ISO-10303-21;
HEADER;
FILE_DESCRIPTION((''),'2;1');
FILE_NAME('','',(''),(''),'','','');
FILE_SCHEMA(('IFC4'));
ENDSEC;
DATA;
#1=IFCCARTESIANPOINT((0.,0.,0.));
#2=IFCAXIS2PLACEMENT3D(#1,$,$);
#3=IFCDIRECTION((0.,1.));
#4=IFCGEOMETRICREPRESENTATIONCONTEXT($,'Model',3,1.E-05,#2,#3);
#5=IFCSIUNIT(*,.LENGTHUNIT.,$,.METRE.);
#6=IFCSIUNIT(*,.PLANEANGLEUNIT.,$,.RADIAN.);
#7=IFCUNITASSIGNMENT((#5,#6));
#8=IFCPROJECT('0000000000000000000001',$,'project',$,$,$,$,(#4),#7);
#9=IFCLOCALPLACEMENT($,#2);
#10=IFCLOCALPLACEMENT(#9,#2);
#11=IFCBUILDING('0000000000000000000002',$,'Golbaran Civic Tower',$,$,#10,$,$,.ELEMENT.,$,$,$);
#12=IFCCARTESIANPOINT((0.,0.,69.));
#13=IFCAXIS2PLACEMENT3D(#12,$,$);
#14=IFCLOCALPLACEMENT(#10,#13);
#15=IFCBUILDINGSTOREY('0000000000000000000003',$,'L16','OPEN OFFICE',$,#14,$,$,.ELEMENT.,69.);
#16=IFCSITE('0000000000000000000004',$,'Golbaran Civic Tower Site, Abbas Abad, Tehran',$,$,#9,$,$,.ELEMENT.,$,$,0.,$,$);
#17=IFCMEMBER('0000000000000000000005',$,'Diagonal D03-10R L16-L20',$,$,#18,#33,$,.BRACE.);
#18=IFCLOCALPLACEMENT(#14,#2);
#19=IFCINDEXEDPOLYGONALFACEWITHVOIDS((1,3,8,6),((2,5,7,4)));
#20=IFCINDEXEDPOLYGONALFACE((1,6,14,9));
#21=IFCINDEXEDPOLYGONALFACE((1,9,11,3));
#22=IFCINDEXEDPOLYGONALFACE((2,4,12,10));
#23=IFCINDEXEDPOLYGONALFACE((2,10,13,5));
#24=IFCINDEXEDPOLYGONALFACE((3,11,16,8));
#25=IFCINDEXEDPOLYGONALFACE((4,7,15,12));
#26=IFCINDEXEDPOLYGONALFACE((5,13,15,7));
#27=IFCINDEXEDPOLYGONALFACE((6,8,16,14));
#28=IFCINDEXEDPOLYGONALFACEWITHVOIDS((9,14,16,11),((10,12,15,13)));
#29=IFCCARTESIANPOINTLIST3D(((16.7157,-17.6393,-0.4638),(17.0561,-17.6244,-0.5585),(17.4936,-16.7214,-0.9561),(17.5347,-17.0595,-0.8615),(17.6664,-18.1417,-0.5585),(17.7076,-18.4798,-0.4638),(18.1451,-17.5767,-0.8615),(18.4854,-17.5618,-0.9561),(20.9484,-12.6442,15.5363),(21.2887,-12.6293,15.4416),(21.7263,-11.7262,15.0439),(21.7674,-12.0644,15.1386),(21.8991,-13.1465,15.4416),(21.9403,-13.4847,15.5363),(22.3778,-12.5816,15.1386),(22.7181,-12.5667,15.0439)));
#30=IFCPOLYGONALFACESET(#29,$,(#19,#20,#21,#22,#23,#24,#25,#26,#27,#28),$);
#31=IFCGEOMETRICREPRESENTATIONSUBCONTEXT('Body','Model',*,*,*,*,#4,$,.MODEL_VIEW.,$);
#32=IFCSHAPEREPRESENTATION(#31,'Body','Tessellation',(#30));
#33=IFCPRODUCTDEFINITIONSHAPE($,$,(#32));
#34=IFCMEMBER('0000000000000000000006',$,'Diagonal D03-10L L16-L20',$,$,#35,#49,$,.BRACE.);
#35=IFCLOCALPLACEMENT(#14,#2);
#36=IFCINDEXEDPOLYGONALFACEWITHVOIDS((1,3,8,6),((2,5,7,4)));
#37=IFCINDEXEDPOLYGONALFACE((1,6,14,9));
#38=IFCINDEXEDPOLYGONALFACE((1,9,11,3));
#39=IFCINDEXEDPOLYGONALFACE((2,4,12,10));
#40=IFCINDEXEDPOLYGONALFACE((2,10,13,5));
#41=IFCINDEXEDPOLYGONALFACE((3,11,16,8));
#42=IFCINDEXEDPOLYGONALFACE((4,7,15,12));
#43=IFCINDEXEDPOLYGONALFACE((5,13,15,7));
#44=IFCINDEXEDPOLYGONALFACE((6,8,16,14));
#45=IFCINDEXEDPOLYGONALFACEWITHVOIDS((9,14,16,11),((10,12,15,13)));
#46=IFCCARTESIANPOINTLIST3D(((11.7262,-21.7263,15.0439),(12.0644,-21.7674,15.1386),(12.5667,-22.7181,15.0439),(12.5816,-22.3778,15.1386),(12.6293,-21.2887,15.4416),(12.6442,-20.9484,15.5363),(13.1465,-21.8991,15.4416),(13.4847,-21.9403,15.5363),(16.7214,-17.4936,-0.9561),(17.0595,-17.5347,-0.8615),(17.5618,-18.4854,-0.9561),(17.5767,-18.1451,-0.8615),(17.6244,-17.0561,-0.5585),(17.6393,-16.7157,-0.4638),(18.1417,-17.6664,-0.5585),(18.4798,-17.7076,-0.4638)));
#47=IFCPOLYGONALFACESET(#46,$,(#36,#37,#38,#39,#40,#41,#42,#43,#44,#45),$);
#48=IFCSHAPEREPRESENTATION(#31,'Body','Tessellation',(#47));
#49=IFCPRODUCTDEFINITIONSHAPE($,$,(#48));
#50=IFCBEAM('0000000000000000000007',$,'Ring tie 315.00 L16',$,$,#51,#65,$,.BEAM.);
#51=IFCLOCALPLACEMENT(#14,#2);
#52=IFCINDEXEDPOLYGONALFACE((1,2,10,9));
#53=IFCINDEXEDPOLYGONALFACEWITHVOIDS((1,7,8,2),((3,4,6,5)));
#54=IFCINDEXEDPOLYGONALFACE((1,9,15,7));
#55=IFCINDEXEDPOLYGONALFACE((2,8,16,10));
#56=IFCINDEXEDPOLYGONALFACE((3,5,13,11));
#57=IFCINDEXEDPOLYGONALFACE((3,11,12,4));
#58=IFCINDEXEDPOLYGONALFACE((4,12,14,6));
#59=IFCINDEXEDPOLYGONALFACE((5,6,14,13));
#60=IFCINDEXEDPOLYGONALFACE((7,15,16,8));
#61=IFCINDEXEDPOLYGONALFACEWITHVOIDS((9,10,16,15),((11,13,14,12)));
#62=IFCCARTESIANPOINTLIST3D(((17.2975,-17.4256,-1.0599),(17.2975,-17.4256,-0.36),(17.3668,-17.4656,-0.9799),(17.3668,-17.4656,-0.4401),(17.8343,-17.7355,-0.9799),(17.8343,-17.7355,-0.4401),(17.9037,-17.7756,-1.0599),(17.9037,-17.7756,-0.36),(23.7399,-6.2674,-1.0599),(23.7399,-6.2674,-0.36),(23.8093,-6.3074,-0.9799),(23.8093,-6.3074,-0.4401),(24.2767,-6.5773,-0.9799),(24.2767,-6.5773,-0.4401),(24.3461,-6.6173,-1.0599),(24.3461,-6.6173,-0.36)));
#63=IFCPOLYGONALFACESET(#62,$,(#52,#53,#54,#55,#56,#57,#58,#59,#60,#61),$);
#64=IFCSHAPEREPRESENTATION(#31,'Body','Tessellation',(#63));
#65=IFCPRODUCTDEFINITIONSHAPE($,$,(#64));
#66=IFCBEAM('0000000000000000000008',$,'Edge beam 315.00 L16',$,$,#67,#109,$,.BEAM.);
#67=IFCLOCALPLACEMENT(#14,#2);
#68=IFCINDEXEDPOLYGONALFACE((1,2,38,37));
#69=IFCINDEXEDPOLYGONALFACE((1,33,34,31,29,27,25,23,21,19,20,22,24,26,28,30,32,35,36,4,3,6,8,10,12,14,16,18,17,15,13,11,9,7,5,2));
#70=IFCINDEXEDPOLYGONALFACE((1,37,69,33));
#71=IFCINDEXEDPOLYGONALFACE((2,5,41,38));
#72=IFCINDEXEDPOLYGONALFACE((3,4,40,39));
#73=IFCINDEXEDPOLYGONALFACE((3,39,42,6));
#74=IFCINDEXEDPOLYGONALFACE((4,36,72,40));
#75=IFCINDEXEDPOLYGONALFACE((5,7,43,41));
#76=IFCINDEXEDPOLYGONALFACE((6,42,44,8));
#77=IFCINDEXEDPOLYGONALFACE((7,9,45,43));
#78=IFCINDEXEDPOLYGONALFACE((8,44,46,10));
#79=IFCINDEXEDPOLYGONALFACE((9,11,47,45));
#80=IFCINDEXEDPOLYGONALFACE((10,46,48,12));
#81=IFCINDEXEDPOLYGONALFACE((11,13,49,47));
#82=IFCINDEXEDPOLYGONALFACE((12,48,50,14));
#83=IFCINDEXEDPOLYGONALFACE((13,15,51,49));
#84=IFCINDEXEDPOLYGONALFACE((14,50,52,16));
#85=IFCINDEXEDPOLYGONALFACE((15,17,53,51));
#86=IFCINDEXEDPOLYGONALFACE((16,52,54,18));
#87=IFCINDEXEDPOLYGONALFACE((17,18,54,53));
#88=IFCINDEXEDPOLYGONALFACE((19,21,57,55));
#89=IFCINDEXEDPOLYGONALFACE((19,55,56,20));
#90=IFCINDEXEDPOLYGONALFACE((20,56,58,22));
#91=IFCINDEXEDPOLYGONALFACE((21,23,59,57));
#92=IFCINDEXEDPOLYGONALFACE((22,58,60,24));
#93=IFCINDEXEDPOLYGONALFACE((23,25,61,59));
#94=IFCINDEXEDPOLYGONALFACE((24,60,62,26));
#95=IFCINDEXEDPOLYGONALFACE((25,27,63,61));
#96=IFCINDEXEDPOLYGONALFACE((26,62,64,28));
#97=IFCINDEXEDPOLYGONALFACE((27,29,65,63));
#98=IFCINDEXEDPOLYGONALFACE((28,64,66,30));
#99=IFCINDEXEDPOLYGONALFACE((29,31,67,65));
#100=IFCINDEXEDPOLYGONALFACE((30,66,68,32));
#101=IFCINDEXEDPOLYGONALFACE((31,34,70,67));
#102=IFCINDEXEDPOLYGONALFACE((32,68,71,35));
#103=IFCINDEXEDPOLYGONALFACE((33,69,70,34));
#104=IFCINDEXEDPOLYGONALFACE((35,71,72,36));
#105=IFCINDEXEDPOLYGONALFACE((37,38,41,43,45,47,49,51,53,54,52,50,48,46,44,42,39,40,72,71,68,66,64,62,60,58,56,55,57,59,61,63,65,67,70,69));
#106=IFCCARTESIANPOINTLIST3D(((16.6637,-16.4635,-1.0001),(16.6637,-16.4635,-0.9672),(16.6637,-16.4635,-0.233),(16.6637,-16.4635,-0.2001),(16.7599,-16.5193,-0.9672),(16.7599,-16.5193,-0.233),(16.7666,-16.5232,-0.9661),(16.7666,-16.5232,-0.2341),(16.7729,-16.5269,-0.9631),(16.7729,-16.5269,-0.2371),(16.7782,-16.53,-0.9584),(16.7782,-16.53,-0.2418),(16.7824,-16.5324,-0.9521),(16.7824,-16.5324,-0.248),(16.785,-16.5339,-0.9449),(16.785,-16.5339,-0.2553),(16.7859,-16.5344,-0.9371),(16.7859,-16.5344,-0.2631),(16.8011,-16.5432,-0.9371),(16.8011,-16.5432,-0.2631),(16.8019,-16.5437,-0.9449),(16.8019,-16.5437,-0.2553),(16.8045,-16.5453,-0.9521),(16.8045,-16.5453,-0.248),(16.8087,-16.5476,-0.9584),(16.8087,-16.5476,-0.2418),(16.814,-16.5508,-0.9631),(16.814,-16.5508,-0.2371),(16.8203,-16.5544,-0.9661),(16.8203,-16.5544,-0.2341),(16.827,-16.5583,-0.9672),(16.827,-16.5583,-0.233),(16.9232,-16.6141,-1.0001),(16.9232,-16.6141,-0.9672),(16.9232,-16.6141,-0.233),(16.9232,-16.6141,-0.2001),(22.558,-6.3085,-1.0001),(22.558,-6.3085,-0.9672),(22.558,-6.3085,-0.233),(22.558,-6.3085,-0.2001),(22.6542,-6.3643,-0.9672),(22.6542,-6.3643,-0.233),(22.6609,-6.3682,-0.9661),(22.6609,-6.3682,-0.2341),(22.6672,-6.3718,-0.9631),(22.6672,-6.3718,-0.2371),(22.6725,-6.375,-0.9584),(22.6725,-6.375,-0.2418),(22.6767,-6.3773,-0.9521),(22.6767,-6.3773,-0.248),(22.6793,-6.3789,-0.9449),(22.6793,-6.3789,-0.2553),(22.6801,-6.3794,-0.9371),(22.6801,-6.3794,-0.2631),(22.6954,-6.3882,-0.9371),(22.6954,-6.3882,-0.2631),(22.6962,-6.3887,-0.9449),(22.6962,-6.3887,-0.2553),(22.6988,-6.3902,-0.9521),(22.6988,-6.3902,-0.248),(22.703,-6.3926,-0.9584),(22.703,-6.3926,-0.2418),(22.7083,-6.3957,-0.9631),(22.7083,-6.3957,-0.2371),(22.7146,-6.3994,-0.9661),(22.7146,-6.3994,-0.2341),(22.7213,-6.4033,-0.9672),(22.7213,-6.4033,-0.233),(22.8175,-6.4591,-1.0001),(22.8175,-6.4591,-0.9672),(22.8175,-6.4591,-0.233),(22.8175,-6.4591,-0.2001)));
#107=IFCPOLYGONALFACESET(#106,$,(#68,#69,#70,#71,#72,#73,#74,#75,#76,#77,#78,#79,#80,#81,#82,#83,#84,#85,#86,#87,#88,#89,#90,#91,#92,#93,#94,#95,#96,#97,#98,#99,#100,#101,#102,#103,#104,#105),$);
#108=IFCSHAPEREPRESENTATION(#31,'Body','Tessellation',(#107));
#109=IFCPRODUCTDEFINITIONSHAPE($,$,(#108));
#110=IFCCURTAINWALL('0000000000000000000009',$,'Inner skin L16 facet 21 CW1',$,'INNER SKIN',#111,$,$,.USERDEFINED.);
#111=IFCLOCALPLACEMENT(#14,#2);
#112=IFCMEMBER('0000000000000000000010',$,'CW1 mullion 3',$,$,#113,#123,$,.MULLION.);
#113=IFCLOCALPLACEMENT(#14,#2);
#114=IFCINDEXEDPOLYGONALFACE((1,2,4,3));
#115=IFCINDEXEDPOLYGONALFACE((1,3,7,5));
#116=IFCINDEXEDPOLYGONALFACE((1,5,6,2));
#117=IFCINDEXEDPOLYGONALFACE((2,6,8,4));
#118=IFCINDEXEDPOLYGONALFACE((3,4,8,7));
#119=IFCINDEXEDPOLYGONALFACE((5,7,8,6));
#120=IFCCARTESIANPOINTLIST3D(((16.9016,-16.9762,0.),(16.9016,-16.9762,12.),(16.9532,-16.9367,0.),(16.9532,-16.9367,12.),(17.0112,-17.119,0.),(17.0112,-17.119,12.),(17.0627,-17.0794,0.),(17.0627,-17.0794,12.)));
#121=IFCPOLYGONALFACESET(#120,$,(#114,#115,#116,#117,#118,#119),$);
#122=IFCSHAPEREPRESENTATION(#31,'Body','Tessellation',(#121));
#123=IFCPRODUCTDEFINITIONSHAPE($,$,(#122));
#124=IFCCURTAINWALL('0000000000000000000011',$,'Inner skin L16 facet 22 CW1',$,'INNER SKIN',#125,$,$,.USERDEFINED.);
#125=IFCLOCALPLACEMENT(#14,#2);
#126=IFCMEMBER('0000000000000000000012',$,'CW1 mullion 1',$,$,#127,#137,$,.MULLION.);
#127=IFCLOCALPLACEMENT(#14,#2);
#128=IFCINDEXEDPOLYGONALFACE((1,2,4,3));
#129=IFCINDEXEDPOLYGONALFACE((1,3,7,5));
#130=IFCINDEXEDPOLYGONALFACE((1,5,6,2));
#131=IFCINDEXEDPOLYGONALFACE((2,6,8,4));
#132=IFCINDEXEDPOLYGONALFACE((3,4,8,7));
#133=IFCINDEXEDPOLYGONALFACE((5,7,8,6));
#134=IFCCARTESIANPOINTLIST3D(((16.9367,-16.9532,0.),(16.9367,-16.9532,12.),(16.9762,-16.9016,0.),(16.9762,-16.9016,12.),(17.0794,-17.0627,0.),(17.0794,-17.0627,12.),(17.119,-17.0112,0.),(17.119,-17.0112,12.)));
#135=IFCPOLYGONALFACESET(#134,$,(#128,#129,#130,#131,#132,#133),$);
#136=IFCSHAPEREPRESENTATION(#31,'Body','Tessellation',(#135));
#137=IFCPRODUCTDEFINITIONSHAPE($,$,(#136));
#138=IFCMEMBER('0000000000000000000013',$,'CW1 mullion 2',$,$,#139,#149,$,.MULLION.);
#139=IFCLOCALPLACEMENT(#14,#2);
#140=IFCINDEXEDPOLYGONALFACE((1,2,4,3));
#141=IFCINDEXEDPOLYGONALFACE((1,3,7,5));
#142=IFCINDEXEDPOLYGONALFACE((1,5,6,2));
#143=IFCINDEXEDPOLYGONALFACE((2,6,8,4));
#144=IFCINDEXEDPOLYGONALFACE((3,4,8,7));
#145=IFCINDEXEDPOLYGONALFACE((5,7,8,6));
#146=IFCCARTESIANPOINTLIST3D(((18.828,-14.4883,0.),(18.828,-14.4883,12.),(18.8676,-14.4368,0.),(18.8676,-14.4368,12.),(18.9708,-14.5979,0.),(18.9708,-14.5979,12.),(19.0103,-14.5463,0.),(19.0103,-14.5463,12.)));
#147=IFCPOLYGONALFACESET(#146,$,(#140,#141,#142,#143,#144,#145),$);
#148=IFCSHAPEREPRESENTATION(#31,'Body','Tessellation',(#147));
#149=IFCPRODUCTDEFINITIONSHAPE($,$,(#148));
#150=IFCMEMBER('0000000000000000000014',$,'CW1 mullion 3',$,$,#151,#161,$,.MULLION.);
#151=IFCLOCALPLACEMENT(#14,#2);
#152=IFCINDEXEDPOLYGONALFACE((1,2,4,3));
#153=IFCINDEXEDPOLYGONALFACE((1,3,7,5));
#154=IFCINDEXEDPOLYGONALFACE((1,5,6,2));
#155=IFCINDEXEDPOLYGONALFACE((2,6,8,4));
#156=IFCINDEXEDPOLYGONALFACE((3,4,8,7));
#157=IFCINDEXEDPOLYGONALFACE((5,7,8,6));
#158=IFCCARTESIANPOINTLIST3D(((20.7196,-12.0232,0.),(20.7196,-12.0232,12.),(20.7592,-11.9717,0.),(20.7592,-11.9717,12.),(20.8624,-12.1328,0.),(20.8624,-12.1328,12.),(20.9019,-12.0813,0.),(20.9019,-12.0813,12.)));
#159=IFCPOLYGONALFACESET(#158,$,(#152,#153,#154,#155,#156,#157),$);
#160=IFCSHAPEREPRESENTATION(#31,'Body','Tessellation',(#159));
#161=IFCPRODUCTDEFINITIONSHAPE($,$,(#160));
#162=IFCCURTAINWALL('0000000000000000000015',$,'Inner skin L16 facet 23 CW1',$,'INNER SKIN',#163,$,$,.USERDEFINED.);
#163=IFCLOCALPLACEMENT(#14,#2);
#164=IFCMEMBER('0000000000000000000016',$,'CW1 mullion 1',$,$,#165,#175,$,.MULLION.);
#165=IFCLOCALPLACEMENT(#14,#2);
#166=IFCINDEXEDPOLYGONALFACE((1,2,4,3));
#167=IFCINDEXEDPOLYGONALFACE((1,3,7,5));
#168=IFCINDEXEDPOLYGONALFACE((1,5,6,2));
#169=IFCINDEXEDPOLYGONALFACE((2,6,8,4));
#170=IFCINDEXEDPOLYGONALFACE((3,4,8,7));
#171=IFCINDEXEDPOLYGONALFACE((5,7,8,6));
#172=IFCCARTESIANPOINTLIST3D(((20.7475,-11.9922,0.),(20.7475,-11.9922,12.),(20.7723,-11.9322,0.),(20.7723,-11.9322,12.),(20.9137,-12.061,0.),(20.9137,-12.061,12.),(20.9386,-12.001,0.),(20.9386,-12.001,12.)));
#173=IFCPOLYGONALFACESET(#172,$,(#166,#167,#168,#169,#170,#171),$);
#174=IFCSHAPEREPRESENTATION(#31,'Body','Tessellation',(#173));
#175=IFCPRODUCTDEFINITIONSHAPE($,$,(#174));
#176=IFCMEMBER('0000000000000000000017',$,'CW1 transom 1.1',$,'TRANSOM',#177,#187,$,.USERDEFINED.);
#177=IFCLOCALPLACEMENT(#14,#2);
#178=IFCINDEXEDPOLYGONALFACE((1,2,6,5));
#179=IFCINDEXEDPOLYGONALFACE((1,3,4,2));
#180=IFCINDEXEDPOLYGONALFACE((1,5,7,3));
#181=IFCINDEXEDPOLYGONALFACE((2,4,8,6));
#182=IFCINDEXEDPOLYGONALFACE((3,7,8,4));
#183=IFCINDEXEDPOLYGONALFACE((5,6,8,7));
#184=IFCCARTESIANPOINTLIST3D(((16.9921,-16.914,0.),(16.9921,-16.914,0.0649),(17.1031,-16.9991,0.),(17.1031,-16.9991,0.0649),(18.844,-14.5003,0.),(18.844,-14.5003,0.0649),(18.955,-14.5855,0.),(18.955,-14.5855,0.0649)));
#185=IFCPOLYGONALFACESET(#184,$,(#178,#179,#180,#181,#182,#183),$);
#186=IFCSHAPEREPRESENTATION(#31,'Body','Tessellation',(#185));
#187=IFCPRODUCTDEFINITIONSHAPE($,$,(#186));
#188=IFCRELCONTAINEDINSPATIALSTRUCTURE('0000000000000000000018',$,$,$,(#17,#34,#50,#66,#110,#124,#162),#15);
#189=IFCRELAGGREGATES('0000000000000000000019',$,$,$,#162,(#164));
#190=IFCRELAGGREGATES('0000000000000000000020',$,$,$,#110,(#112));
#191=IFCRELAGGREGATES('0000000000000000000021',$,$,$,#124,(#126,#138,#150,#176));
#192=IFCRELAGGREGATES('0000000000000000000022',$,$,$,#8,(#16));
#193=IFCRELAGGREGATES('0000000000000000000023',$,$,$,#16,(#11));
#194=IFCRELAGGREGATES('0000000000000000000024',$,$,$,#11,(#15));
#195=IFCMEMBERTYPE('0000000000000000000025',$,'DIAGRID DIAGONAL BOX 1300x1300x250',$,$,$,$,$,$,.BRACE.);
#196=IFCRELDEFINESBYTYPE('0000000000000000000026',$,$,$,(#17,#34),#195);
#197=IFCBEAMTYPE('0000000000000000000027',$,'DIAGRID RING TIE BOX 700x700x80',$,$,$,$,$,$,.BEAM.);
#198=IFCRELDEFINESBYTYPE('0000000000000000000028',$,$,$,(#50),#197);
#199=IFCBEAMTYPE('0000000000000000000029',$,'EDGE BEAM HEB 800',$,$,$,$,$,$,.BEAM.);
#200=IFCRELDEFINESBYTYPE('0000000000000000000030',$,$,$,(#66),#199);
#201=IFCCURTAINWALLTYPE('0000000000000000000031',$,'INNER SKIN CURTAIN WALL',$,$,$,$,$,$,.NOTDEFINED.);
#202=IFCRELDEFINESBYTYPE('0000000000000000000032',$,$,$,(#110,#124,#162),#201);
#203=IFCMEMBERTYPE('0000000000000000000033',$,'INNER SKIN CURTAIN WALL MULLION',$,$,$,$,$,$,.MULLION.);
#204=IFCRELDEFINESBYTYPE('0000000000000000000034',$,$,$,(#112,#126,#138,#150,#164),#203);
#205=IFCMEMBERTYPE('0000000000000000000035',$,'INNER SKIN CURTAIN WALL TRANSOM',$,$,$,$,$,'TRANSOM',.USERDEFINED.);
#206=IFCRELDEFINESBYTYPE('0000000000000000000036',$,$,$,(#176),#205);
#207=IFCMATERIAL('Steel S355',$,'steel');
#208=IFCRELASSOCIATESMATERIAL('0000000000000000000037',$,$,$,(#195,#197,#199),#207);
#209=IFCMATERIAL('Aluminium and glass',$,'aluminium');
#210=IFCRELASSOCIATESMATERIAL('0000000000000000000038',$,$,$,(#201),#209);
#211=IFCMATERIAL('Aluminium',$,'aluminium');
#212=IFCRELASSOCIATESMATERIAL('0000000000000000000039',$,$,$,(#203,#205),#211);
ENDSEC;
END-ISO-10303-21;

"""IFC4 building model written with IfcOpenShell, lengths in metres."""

from ifc_helpers import new_model, si_unit, direction, frame, origin, origin_2d, place, context, subcontext, project, spatial, rectangle, hollow_rectangle, i_section, extrude, material, material_profile, profile_set, type_object, element, aggregate, save


model = new_model("IFC4")

# Units and contexts
model_context = context("Model", 3, precision=1e-05, world=origin(), true_north=direction((0.0, 1.0)))
body_context = subcontext(model_context, "Body", "Model", "MODEL_VIEW")
ifc_project = project(units=[si_unit("LENGTHUNIT", "METRE"), si_unit("PLANEANGLEUNIT", "RADIAN")], contexts=[model_context])

# Site, building, storey
site_placement = place(None, origin())
site = spatial("IfcSite", under=ifc_project, at=site_placement, Name="Golbaran Civic Tower Site, Abbas Abad, Tehran", CompositionType="ELEMENT", RefElevation=0.0)
building_placement = place(site_placement, origin())
building = spatial("IfcBuilding", under=site, at=building_placement, Name="Golbaran Civic Tower", CompositionType="ELEMENT")
storey_placement = place(building_placement, frame((0.0, 0.0, 69.0)))
storey = spatial("IfcBuildingStorey", under=building, at=storey_placement, Name="L16", Description="OPEN OFFICE", CompositionType="ELEMENT", Elevation=69.0)

# Members
ifc_material_1 = material(Name="Steel S355", Category="steel")
ifc_material_profile_1 = material_profile(ifc_material_1, hollow_rectangle(XDim=1.3, YDim=1.3, WallThickness=0.25, at=origin_2d()), Name="BOX 1300x1300x250")
ifc_profile_set_1 = profile_set([ifc_material_profile_1], Name="Steel S355")
member_type_1 = type_object("IfcMemberType", Name="DIAGRID DIAGONAL BOX 1300x1300x250", PredefinedType="BRACE", material=ifc_profile_set_1)
for number, where, z_axis, x_axis, name in (
    (1, (17.6006, -17.6006, -0.71), (0.244836, 0.28894, 0.92551), (-0.762932, 0.646479, 0.0), "Diagonal D03-10R L16-L20"),
    (2, (17.6006, -17.6006, -0.71), (-0.28894, -0.244836, 0.92551), (0.646479, -0.762932, 0.0), "Diagonal D03-10L L16-L20"),
):
    element("IfcMember", number, at=place(storey_placement, frame(where, z_axis=z_axis, x_axis=x_axis)), inside=storey, type_object=member_type_1, Name=name, PredefinedType="BRACE", context=body_context, shape_type="SweptSolid", body=[
        extrude(hollow_rectangle(XDim=1.3, YDim=1.3, WallThickness=0.25, at=origin_2d()), origin(), (0.0, 0.0, 1.0), 17.2878),
    ])

# Beams
ifc_material_profile_2 = material_profile(ifc_material_1, hollow_rectangle(XDim=0.7, YDim=0.7, WallThickness=0.0801, at=origin_2d()), Name="BOX 700x700x80")
ifc_profile_set_2 = profile_set([ifc_material_profile_2], Name="Steel S355")
beam_type_1 = type_object("IfcBeamType", Name="DIAGRID RING TIE BOX 700x700x80", PredefinedType="BEAM", material=ifc_profile_set_2)
beam_1_placement = place(storey_placement, frame((17.6006, -17.6006, -0.71), z_axis=(0.500011, 0.866019, 0.0), x_axis=(-0.866019, 0.500011, 0.0)))
element("IfcBeam", 3, at=beam_1_placement, inside=storey, type_object=beam_type_1, Name="Ring tie 315.00 L16", PredefinedType="BEAM", context=body_context, shape_type="SweptSolid", body=[
    extrude(hollow_rectangle(XDim=0.7, YDim=0.7, WallThickness=0.0801, at=origin_2d()), origin(), (0.0, 0.0, 1.0), 12.8845),
])
ifc_material_profile_3 = material_profile(ifc_material_1, i_section(OverallWidth=0.3, OverallDepth=0.8, WebThickness=0.0176, FlangeThickness=0.033, FilletRadius=0.03, at=origin_2d()), Name="HEB 800")
ifc_profile_set_3 = profile_set([ifc_material_profile_3], Name="Steel S355")
beam_type_2 = type_object("IfcBeamType", Name="EDGE BEAM HEB 800", PredefinedType="BEAM", material=ifc_profile_set_3)
beam_2_placement = place(storey_placement, frame((16.7935, -16.5388, -0.6001), z_axis=(0.501997, 0.86487, 0.0), x_axis=(-0.86487, 0.501997, 0.0)))
element("IfcBeam", 4, at=beam_2_placement, inside=storey, type_object=beam_type_2, Name="Edge beam 315.00 L16", PredefinedType="BEAM", context=body_context, shape_type="SweptSolid", body=[
    extrude(i_section(OverallWidth=0.3, OverallDepth=0.8, WebThickness=0.0176, FlangeThickness=0.033, FilletRadius=0.03, at=origin_2d()), origin(), (0.0, 0.0, 1.0), 11.7417),
])

# Curtain wall, member
ifc_material_2 = material(Name="Aluminium and glass", Category="aluminium")
curtain_wall_type_1 = type_object("IfcCurtainWallType", Name="INNER SKIN CURTAIN WALL", PredefinedType="NOTDEFINED", material=ifc_material_2)
curtain_wall_1_placement = place(storey_placement, origin())
curtain_wall_1 = element("IfcCurtainWall", 5, at=curtain_wall_1_placement, inside=storey, type_object=curtain_wall_type_1, Name="Inner skin L16 facet 21 CW1", ObjectType="INNER SKIN", PredefinedType="USERDEFINED")
ifc_material_3 = material(Name="Aluminium", Category="aluminium")
ifc_material_profile_4 = material_profile(ifc_material_3, rectangle(XDim=0.1799, YDim=0.0649, at=origin_2d()), Name="INNER SKIN CURTAIN WALL MULLION")
ifc_profile_set_4 = profile_set([ifc_material_profile_4], Name="Aluminium")
member_type_2 = type_object("IfcMemberType", Name="INNER SKIN CURTAIN WALL MULLION", PredefinedType="MULLION", material=ifc_profile_set_4)
member_1_placement = place(storey_placement, frame((16.9822, -17.0278, 0.0), z_axis=(0.0, 0.0, 1.0), x_axis=(-0.608761, 0.793353, 0.0)))
member_1 = element("IfcMember", 6, at=member_1_placement, type_object=member_type_2, Name="CW1 mullion 3", PredefinedType="MULLION", context=body_context, shape_type="SweptSolid", body=[
    extrude(rectangle(XDim=0.1799, YDim=0.0649, at=origin_2d()), origin(), (0.0, 0.0, 1.0), 12.0),
])

# Curtain wall, members
curtain_wall_2_placement = place(storey_placement, origin())
curtain_wall_2 = element("IfcCurtainWall", 7, at=curtain_wall_2_placement, inside=storey, type_object=curtain_wall_type_1, Name="Inner skin L16 facet 22 CW1", ObjectType="INNER SKIN", PredefinedType="USERDEFINED")
member_2_placement = place(storey_placement, frame((17.0278, -16.9822, 0.0), z_axis=(0.0, 0.0, 1.0), x_axis=(-0.793353, 0.608761, 0.0)))
member_2 = element("IfcMember", 8, at=member_2_placement, type_object=member_type_2, Name="CW1 mullion 1", PredefinedType="MULLION", context=body_context, shape_type="SweptSolid", body=[
    extrude(rectangle(XDim=0.1799, YDim=0.0649, at=origin_2d()), origin(), (0.0, 0.0, 1.0), 12.0),
])
member_3_placement = place(storey_placement, frame((18.9192, -14.5173, 0.0), z_axis=(0.0, 0.0, 1.0), x_axis=(-0.793353, 0.608761, 0.0)))
member_3 = element("IfcMember", 9, at=member_3_placement, type_object=member_type_2, Name="CW1 mullion 2", PredefinedType="MULLION", context=body_context, shape_type="SweptSolid", body=[
    extrude(rectangle(XDim=0.1799, YDim=0.0649, at=origin_2d()), origin(), (0.0, 0.0, 1.0), 12.0),
])
member_4_placement = place(storey_placement, frame((20.8108, -12.0522, 0.0), z_axis=(0.0, 0.0, 1.0), x_axis=(-0.793353, 0.608761, 0.0)))
member_4 = element("IfcMember", 10, at=member_4_placement, type_object=member_type_2, Name="CW1 mullion 3", PredefinedType="MULLION", context=body_context, shape_type="SweptSolid", body=[
    extrude(rectangle(XDim=0.1799, YDim=0.0649, at=origin_2d()), origin(), (0.0, 0.0, 1.0), 12.0),
])

# Curtain wall, member
curtain_wall_3_placement = place(storey_placement, origin())
curtain_wall_3 = element("IfcCurtainWall", 11, at=curtain_wall_3_placement, inside=storey, type_object=curtain_wall_type_1, Name="Inner skin L16 facet 23 CW1", ObjectType="INNER SKIN", PredefinedType="USERDEFINED")
member_5_placement = place(storey_placement, frame((20.843, -11.9966, 0.0), z_axis=(0.0, 0.0, 1.0), x_axis=(-0.92388, 0.382683, 0.0)))
member_5 = element("IfcMember", 12, at=member_5_placement, type_object=member_type_2, Name="CW1 mullion 1", PredefinedType="MULLION", context=body_context, shape_type="SweptSolid", body=[
    extrude(rectangle(XDim=0.1799, YDim=0.0649, at=origin_2d()), origin(), (0.0, 0.0, 1.0), 12.0),
])

# Member
ifc_material_profile_5 = material_profile(ifc_material_3, rectangle(XDim=0.1399, YDim=0.0649, at=origin_2d()), Name="INNER SKIN CURTAIN WALL TRANSOM")
ifc_profile_set_5 = profile_set([ifc_material_profile_5], Name="Aluminium")
member_type_3 = type_object("IfcMemberType", Name="INNER SKIN CURTAIN WALL TRANSOM", ElementType="TRANSOM", PredefinedType="USERDEFINED", material=ifc_profile_set_5)
member_6_placement = place(storey_placement, frame((17.0476, -16.9565, 0.0325), z_axis=(0.608721, 0.793384, 0.0), x_axis=(-0.793384, 0.608721, 0.0)))
member_6 = element("IfcMember", 13, at=member_6_placement, type_object=member_type_3, Name="CW1 transom 1.1", ObjectType="TRANSOM", PredefinedType="USERDEFINED", context=body_context, shape_type="SweptSolid", body=[
    extrude(rectangle(XDim=0.1399, YDim=0.0649, at=origin_2d()), origin(), (0.0, 0.0, 1.0), 3.0422),
])

aggregate(curtain_wall_3, [member_5])
aggregate(curtain_wall_1, [member_1])
aggregate(curtain_wall_2, [member_2, member_3, member_4, member_6])

save(model, "model.ifc")
